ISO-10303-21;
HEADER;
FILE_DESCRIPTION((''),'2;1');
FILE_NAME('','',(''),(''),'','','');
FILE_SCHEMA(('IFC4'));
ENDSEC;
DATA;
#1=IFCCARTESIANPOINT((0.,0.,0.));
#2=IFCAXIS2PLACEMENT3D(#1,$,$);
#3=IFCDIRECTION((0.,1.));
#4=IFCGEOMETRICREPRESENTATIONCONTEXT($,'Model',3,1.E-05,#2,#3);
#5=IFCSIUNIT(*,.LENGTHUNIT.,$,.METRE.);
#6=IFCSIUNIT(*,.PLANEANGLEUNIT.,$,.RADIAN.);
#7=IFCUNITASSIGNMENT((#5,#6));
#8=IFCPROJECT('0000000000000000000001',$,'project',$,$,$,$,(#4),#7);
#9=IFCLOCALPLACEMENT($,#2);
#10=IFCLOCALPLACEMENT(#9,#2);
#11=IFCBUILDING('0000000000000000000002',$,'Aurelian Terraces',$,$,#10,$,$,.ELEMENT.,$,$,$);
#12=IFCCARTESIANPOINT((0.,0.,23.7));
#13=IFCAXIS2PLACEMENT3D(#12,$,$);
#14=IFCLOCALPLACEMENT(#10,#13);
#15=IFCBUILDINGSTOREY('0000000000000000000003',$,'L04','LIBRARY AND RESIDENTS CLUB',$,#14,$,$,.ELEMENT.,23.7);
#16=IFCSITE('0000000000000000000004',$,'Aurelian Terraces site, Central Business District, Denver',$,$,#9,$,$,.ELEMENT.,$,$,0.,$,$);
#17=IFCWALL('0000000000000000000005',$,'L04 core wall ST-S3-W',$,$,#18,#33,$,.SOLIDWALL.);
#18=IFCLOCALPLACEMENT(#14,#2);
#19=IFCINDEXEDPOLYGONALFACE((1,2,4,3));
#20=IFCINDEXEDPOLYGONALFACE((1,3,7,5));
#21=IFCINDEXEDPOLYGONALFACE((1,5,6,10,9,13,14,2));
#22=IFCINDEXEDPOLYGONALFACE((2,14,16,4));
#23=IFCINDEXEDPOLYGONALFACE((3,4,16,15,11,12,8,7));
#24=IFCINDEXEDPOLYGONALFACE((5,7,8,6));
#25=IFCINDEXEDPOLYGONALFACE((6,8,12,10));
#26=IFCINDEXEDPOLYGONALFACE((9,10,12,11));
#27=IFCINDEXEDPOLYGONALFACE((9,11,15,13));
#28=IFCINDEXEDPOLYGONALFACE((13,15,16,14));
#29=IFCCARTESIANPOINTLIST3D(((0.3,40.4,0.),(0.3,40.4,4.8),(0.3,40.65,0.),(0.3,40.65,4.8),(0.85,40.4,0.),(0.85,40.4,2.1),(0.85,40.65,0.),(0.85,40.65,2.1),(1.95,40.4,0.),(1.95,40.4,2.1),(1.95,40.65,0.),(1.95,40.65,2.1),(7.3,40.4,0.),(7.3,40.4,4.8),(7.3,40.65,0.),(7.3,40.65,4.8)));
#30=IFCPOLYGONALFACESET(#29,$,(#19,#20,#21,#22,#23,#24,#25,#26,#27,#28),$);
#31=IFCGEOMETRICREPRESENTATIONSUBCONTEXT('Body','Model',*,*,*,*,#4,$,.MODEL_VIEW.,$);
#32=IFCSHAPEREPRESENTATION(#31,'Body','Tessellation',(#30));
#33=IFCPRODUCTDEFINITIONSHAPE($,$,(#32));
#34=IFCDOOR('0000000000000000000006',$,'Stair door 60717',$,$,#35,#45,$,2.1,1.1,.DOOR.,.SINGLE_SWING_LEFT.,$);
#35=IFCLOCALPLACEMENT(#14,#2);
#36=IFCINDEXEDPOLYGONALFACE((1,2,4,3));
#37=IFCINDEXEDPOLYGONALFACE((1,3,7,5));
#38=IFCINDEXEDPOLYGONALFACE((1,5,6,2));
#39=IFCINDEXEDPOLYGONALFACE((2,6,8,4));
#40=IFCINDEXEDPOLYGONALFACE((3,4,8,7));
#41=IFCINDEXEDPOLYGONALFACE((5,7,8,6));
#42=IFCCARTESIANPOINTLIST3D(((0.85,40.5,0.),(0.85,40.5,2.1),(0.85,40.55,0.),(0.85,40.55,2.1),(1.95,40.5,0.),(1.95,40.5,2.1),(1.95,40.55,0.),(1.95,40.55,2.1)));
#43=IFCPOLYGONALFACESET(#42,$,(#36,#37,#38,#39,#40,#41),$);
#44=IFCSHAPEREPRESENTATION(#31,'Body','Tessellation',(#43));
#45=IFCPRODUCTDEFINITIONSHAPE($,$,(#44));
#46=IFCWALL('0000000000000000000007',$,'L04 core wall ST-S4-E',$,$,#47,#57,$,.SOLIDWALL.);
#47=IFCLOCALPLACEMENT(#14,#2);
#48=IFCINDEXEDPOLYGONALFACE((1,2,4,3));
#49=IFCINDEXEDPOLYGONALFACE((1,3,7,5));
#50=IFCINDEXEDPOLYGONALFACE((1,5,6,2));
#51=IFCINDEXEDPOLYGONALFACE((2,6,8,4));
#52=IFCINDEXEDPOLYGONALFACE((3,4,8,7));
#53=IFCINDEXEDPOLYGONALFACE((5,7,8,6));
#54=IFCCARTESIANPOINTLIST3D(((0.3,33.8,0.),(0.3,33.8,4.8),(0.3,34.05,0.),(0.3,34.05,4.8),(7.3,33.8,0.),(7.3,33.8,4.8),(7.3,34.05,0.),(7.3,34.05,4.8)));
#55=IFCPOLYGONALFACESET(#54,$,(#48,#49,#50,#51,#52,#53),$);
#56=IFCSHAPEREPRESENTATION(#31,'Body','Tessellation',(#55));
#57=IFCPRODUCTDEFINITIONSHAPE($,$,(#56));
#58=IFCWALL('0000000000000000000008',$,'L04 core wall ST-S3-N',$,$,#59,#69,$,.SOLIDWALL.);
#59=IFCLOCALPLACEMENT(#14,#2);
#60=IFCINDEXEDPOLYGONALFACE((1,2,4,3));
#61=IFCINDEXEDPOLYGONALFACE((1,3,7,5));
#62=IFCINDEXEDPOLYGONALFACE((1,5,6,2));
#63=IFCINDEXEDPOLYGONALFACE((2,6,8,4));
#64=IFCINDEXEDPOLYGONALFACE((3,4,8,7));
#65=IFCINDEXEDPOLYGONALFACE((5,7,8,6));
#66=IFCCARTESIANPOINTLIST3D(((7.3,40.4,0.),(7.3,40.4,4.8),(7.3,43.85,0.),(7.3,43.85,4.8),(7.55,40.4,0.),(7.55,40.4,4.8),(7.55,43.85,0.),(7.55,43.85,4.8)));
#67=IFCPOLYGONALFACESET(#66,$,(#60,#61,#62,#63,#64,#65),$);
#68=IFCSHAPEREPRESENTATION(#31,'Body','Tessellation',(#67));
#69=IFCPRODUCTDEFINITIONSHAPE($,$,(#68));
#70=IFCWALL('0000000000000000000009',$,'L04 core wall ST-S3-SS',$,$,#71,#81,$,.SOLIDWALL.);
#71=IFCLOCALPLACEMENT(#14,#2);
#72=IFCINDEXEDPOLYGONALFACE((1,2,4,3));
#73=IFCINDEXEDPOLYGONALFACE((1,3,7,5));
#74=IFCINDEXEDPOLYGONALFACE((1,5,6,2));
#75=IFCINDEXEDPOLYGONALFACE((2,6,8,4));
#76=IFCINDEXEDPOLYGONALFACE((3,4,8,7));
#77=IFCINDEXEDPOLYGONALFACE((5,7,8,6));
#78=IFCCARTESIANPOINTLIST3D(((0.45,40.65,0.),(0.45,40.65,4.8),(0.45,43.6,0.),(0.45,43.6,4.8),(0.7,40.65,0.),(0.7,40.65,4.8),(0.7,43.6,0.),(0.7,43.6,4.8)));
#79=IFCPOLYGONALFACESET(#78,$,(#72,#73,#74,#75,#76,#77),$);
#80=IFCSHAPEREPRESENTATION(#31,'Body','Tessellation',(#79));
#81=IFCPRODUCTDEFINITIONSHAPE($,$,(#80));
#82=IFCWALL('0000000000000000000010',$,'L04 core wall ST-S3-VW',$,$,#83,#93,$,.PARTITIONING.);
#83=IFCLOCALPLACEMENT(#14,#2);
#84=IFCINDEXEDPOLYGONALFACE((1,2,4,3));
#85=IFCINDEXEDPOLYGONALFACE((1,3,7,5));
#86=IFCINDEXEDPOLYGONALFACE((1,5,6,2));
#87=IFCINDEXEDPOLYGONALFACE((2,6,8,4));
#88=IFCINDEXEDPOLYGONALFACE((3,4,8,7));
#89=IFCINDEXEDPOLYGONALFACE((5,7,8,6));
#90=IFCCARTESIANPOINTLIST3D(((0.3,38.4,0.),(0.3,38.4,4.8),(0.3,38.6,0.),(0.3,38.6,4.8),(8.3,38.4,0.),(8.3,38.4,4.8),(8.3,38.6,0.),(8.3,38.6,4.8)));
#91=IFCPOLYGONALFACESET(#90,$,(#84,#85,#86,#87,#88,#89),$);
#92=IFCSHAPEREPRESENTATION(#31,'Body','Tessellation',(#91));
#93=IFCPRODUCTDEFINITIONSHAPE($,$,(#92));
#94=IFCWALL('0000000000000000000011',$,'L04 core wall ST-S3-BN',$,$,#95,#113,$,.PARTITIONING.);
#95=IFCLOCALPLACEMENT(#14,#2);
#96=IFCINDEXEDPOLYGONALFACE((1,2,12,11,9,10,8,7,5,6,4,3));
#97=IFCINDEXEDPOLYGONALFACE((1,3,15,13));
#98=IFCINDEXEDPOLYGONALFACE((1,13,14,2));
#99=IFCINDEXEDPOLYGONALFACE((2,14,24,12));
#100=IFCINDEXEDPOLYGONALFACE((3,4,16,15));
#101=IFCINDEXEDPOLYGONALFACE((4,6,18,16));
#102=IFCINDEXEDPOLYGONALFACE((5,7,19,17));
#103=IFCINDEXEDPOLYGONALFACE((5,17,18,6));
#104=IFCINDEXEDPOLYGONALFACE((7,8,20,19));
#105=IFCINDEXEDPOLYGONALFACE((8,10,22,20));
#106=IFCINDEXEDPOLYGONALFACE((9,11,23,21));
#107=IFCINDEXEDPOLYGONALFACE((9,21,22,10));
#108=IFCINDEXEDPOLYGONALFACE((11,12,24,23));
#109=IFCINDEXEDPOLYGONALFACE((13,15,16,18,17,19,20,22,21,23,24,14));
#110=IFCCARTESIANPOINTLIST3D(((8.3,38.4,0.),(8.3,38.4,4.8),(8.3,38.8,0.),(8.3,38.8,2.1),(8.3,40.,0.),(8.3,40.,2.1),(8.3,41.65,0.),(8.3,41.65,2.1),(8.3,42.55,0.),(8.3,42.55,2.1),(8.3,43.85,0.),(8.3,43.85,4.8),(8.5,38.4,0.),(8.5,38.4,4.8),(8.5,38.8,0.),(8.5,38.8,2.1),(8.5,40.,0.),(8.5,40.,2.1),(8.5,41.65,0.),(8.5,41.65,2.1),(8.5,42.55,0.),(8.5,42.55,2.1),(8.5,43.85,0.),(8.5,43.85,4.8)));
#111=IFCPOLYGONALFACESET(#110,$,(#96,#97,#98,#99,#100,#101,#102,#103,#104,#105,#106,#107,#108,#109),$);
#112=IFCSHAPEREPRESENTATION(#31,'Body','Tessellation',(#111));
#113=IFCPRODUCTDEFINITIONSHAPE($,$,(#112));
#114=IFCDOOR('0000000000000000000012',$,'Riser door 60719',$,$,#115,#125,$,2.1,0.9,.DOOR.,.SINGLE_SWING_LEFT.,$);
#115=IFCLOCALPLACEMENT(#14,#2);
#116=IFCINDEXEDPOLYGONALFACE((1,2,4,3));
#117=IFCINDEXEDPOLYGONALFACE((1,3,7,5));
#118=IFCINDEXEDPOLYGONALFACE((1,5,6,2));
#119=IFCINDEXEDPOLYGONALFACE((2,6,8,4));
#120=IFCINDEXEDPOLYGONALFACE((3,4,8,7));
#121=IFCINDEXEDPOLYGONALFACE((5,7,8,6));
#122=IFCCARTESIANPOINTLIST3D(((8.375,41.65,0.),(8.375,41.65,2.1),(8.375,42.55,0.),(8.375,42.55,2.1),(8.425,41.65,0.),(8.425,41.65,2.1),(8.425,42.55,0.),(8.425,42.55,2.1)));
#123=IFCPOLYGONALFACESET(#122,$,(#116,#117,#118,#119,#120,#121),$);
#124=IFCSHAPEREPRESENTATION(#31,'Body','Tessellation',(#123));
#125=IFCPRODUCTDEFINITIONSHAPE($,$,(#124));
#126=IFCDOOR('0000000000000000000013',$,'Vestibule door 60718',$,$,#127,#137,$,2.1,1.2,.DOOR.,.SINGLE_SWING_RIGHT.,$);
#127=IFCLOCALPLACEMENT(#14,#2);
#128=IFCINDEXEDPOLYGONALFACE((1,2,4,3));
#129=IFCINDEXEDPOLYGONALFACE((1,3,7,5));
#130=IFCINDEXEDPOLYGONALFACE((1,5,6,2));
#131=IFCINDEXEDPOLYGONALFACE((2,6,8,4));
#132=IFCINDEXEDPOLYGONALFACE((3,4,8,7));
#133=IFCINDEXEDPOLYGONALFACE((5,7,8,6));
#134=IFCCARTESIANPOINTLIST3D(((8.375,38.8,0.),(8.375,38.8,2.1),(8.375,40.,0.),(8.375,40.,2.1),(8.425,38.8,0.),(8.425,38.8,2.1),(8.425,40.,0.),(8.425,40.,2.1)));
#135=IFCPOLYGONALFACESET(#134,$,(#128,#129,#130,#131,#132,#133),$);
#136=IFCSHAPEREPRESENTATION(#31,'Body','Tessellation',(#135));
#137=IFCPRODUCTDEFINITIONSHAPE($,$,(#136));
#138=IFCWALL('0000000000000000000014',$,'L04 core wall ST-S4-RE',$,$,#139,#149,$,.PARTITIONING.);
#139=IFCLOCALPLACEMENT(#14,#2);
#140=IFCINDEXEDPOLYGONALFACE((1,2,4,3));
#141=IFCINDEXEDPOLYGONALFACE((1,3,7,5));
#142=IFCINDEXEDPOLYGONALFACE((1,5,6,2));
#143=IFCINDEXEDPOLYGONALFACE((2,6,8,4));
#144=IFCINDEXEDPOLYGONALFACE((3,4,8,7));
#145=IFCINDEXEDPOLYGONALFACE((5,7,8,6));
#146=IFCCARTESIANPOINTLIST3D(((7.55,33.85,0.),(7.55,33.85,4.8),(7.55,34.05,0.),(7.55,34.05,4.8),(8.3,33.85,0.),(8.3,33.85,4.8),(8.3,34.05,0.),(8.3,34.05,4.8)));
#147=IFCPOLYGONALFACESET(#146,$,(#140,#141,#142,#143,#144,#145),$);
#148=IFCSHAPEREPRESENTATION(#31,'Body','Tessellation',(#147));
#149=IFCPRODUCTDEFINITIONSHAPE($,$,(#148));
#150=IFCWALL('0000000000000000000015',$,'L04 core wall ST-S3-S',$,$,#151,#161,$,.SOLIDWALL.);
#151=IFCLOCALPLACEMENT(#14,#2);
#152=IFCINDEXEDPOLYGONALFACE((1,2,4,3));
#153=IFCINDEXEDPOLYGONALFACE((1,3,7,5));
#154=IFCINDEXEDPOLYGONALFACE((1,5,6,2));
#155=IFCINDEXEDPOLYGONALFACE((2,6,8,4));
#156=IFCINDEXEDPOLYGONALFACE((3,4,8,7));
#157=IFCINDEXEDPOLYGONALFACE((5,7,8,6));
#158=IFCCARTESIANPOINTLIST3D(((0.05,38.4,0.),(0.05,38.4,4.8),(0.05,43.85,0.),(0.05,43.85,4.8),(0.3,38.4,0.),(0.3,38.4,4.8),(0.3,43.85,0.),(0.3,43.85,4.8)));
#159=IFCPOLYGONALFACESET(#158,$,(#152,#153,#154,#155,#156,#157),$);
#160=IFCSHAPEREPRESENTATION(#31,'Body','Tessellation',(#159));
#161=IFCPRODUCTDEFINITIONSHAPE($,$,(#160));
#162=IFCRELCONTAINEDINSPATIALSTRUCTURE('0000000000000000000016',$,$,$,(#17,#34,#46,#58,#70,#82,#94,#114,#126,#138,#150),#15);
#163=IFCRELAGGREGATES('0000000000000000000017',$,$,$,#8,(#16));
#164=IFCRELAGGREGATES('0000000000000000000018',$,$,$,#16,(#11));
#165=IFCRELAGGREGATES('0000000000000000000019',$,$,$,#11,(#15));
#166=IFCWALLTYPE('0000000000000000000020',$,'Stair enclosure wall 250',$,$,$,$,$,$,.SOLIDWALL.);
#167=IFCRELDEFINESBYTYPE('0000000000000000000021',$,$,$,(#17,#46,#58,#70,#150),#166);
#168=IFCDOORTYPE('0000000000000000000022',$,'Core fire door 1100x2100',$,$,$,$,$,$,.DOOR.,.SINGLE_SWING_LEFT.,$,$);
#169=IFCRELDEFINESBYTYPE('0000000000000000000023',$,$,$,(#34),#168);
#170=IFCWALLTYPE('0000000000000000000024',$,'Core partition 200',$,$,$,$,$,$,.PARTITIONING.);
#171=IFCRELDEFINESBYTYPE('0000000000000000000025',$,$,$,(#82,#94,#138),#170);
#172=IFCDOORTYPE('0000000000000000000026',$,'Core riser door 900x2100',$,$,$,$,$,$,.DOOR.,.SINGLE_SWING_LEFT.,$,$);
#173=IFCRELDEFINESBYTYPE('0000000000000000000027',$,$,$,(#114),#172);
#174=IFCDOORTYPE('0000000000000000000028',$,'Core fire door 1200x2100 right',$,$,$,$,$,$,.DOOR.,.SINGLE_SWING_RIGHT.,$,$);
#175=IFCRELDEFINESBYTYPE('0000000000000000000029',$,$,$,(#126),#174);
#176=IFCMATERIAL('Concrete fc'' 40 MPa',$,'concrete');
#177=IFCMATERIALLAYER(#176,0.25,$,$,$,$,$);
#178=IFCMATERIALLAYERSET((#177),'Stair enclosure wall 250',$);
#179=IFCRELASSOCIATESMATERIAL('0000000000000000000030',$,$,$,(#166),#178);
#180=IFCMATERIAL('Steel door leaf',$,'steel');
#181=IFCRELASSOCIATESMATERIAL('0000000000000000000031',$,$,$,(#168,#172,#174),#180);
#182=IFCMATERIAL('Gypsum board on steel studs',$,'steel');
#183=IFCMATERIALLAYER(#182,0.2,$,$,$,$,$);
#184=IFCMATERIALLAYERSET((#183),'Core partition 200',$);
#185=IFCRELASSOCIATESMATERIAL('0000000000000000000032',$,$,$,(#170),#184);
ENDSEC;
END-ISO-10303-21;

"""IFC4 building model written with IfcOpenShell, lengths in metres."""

from ifc_helpers import new_model, si_unit, direction, frame, frame_2d, origin, place, context, subcontext, project, spatial, rectangle, extrude, source, transform, mapped, material, layer, layer_set, type_object, element, fill, save


model = new_model("IFC4")

# Units and contexts
model_context = context("Model", 3, precision=1e-05, world=origin(), true_north=direction((0.0, 1.0)))
body_context = subcontext(model_context, "Body", "Model", "MODEL_VIEW")
ifc_project = project(units=[si_unit("LENGTHUNIT", "METRE"), si_unit("PLANEANGLEUNIT", "RADIAN")], contexts=[model_context])

# Site, building, storey
site_placement = place(None, origin())
site = spatial("IfcSite", under=ifc_project, at=site_placement, Name="Aurelian Terraces site, Central Business District, Denver", CompositionType="ELEMENT", RefElevation=0.0)
building_placement = place(site_placement, origin())
building = spatial("IfcBuilding", under=site, at=building_placement, Name="Aurelian Terraces", CompositionType="ELEMENT")
storey_placement = place(building_placement, frame((0.0, 0.0, 23.7)))
storey = spatial("IfcBuildingStorey", under=building, at=storey_placement, Name="L04", Description="LIBRARY AND RESIDENTS CLUB", CompositionType="ELEMENT", Elevation=23.7)

# Wall, opening, door
ifc_material_1 = material(Name="Concrete fc' 40 MPa", Category="concrete")
ifc_layer_1 = layer(ifc_material_1, 0.25)
ifc_layer_set_1 = layer_set([ifc_layer_1], Name="Stair enclosure wall 250")
wall_type_1 = type_object("IfcWallType", Name="Stair enclosure wall 250", PredefinedType="SOLIDWALL", material=ifc_layer_set_1)
shared_shape_1 = source(origin(), body_context, "Body", "SweptSolid", [
    extrude(rectangle(XDim=7.0, YDim=0.25, at=frame_2d((3.5, 0.0))), origin(), (0.0, 0.0, 1.0), 4.8),
])
wall_1_placement = place(storey_placement, frame((0.3, 40.525, 0.0), z_axis=(0.0, 0.0, 1.0), x_axis=(1.0, 0.0, 0.0)))
wall_1 = element("IfcWall", 1, at=wall_1_placement, inside=storey, type_object=wall_type_1, Name="L04 core wall ST-S3-W", PredefinedType="SOLIDWALL", context=body_context, shape_type="MappedRepresentation", body=[
    mapped(shared_shape_1, transform((0.0, 0.0, 0.0), scale=1.0)),
])
shared_shape_2 = source(origin(), body_context, "Body", "SweptSolid", [
    extrude(rectangle(XDim=1.1, YDim=2.1, at=frame_2d((0.55, 1.05))), frame((0.0, 0.135, 0.0), z_axis=(0.0, -1.0, 0.0), x_axis=(1.0, 0.0, 0.0)), (0.0, 0.0, 1.0), 0.27),
])
opening_1_placement = place(wall_1_placement, frame((0.55, 0.0, 0.0)))
opening_1 = element("IfcOpeningElement", 2, at=opening_1_placement, cuts=wall_1, PredefinedType="OPENING", context=body_context, shape_type="MappedRepresentation", body=[
    mapped(shared_shape_2, transform((0.0, 0.0, 0.0), scale=1.0)),
])
ifc_material_2 = material(Name="Steel door leaf", Category="steel")
door_type_1 = type_object("IfcDoorType", Name="Core fire door 1100x2100", OperationType="SINGLE_SWING_LEFT", PredefinedType="DOOR", material=ifc_material_2)
shared_shape_3 = source(origin(), body_context, "Body", "SweptSolid", [
    extrude(rectangle(XDim=1.1, YDim=2.1, at=frame_2d((0.55, 1.05))), frame((0.0, 0.025, 0.0), z_axis=(0.0, -1.0, 0.0), x_axis=(1.0, 0.0, 0.0)), (0.0, 0.0, 1.0), 0.05),
])
door_1_placement = place(opening_1_placement, origin())
door_1 = element("IfcDoor", 3, at=door_1_placement, inside=storey, type_object=door_type_1, Name="Stair door 60717", OperationType="SINGLE_SWING_LEFT", OverallHeight=2.1, OverallWidth=1.1, PredefinedType="DOOR", context=body_context, shape_type="MappedRepresentation", body=[
    mapped(shared_shape_3, transform((0.0, 0.0, 0.0), scale=1.0)),
])
fill(opening_1, door_1)

# Walls
wall_2_placement = place(storey_placement, frame((0.3, 33.925, 0.0), z_axis=(0.0, 0.0, 1.0), x_axis=(1.0, 0.0, 0.0)))
element("IfcWall", 4, at=wall_2_placement, inside=storey, type_object=wall_type_1, Name="L04 core wall ST-S4-E", PredefinedType="SOLIDWALL", context=body_context, shape_type="MappedRepresentation", body=[
    mapped(shared_shape_1, transform((0.0, 0.0, 0.0), scale=1.0)),
])
shared_shape_4 = source(origin(), body_context, "Body", "SweptSolid", [
    extrude(rectangle(XDim=3.45, YDim=0.25, at=frame_2d((1.725, 0.0))), origin(), (0.0, 0.0, 1.0), 4.8),
])
wall_3_placement = place(storey_placement, frame((7.425, 40.4, 0.0), z_axis=(0.0, 0.0, 1.0), x_axis=(0.0, 1.0, 0.0)))
element("IfcWall", 5, at=wall_3_placement, inside=storey, type_object=wall_type_1, Name="L04 core wall ST-S3-N", PredefinedType="SOLIDWALL", context=body_context, shape_type="MappedRepresentation", body=[
    mapped(shared_shape_4, transform((0.0, 0.0, 0.0), scale=1.0)),
])
shared_shape_5 = source(origin(), body_context, "Body", "SweptSolid", [
    extrude(rectangle(XDim=2.95, YDim=0.25, at=frame_2d((1.475, 0.0))), origin(), (0.0, 0.0, 1.0), 4.8),
])
wall_4_placement = place(storey_placement, frame((0.575, 40.65, 0.0), z_axis=(0.0, 0.0, 1.0), x_axis=(0.0, 1.0, 0.0)))
element("IfcWall", 6, at=wall_4_placement, inside=storey, type_object=wall_type_1, Name="L04 core wall ST-S3-SS", PredefinedType="SOLIDWALL", context=body_context, shape_type="MappedRepresentation", body=[
    mapped(shared_shape_5, transform((0.0, 0.0, 0.0), scale=1.0)),
])
ifc_material_3 = material(Name="Gypsum board on steel studs", Category="steel")
ifc_layer_2 = layer(ifc_material_3, 0.2)
ifc_layer_set_2 = layer_set([ifc_layer_2], Name="Core partition 200")
wall_type_2 = type_object("IfcWallType", Name="Core partition 200", PredefinedType="PARTITIONING", material=ifc_layer_set_2)
shared_shape_6 = source(origin(), body_context, "Body", "SweptSolid", [
    extrude(rectangle(XDim=8.0, YDim=0.2, at=frame_2d((4.0, 0.0))), origin(), (0.0, 0.0, 1.0), 4.8),
])
wall_5_placement = place(storey_placement, frame((0.3, 38.5, 0.0), z_axis=(0.0, 0.0, 1.0), x_axis=(1.0, 0.0, 0.0)))
element("IfcWall", 7, at=wall_5_placement, inside=storey, type_object=wall_type_2, Name="L04 core wall ST-S3-VW", PredefinedType="PARTITIONING", context=body_context, shape_type="MappedRepresentation", body=[
    mapped(shared_shape_6, transform((0.0, 0.0, 0.0), scale=1.0)),
])

# Wall, openings, doors
shared_shape_7 = source(origin(), body_context, "Body", "SweptSolid", [
    extrude(rectangle(XDim=5.45, YDim=0.2, at=frame_2d((2.725, 0.0))), origin(), (0.0, 0.0, 1.0), 4.8),
])
wall_6_placement = place(storey_placement, frame((8.4, 38.4, 0.0), z_axis=(0.0, 0.0, 1.0), x_axis=(0.0, 1.0, 0.0)))
wall_6 = element("IfcWall", 8, at=wall_6_placement, inside=storey, type_object=wall_type_2, Name="L04 core wall ST-S3-BN", PredefinedType="PARTITIONING", context=body_context, shape_type="MappedRepresentation", body=[
    mapped(shared_shape_7, transform((0.0, 0.0, 0.0), scale=1.0)),
])
shared_shape_8 = source(origin(), body_context, "Body", "SweptSolid", [
    extrude(rectangle(XDim=1.2, YDim=2.1, at=frame_2d((0.6, 1.05))), frame((0.0, 0.11, 0.0), z_axis=(0.0, -1.0, 0.0), x_axis=(1.0, 0.0, 0.0)), (0.0, 0.0, 1.0), 0.22),
])
opening_2_placement = place(wall_6_placement, frame((0.4, 0.0, 0.0)))
opening_2 = element("IfcOpeningElement", 9, at=opening_2_placement, cuts=wall_6, PredefinedType="OPENING", context=body_context, shape_type="MappedRepresentation", body=[
    mapped(shared_shape_8, transform((0.0, 0.0, 0.0), scale=1.0)),
])
shared_shape_9 = source(origin(), body_context, "Body", "SweptSolid", [
    extrude(rectangle(XDim=0.9, YDim=2.1, at=frame_2d((0.45, 1.05))), frame((0.0, 0.11, 0.0), z_axis=(0.0, -1.0, 0.0), x_axis=(1.0, 0.0, 0.0)), (0.0, 0.0, 1.0), 0.22),
])
opening_3_placement = place(wall_6_placement, frame((3.25, 0.0, 0.0)))
opening_3 = element("IfcOpeningElement", 10, at=opening_3_placement, cuts=wall_6, PredefinedType="OPENING", context=body_context, shape_type="MappedRepresentation", body=[
    mapped(shared_shape_9, transform((0.0, 0.0, 0.0), scale=1.0)),
])
door_type_2 = type_object("IfcDoorType", Name="Core riser door 900x2100", OperationType="SINGLE_SWING_LEFT", PredefinedType="DOOR", material=ifc_material_2)
shared_shape_10 = source(origin(), body_context, "Body", "SweptSolid", [
    extrude(rectangle(XDim=0.9, YDim=2.1, at=frame_2d((0.45, 1.05))), frame((0.0, 0.025, 0.0), z_axis=(0.0, -1.0, 0.0), x_axis=(1.0, 0.0, 0.0)), (0.0, 0.0, 1.0), 0.05),
])
door_2_placement = place(opening_3_placement, origin())
door_2 = element("IfcDoor", 11, at=door_2_placement, inside=storey, type_object=door_type_2, Name="Riser door 60719", OperationType="SINGLE_SWING_LEFT", OverallHeight=2.1, OverallWidth=0.9, PredefinedType="DOOR", context=body_context, shape_type="MappedRepresentation", body=[
    mapped(shared_shape_10, transform((0.0, 0.0, 0.0), scale=1.0)),
])
fill(opening_3, door_2)
door_type_3 = type_object("IfcDoorType", Name="Core fire door 1200x2100 right", OperationType="SINGLE_SWING_RIGHT", PredefinedType="DOOR", material=ifc_material_2)
shared_shape_11 = source(origin(), body_context, "Body", "SweptSolid", [
    extrude(rectangle(XDim=1.2, YDim=2.1, at=frame_2d((0.6, 1.05))), frame((0.0, 0.025, 0.0), z_axis=(0.0, -1.0, 0.0), x_axis=(1.0, 0.0, 0.0)), (0.0, 0.0, 1.0), 0.05),
])
door_3_placement = place(opening_2_placement, origin())
door_3 = element("IfcDoor", 12, at=door_3_placement, inside=storey, type_object=door_type_3, Name="Vestibule door 60718", OperationType="SINGLE_SWING_RIGHT", OverallHeight=2.1, OverallWidth=1.2, PredefinedType="DOOR", context=body_context, shape_type="MappedRepresentation", body=[
    mapped(shared_shape_11, transform((0.0, 0.0, 0.0), scale=1.0)),
])
fill(opening_2, door_3)

# Walls
shared_shape_12 = source(origin(), body_context, "Body", "SweptSolid", [
    extrude(rectangle(XDim=0.75, YDim=0.2, at=frame_2d((0.375, 0.0))), origin(), (0.0, 0.0, 1.0), 4.8),
])
wall_7_placement = place(storey_placement, frame((7.55, 33.95, 0.0), z_axis=(0.0, 0.0, 1.0), x_axis=(1.0, 0.0, 0.0)))
element("IfcWall", 13, at=wall_7_placement, inside=storey, type_object=wall_type_2, Name="L04 core wall ST-S4-RE", PredefinedType="PARTITIONING", context=body_context, shape_type="MappedRepresentation", body=[
    mapped(shared_shape_12, transform((0.0, 0.0, 0.0), scale=1.0)),
])
shared_shape_13 = source(origin(), body_context, "Body", "SweptSolid", [
    extrude(rectangle(XDim=5.45, YDim=0.25, at=frame_2d((2.725, 0.0))), origin(), (0.0, 0.0, 1.0), 4.8),
])
wall_8_placement = place(storey_placement, frame((0.175, 38.4, 0.0), z_axis=(0.0, 0.0, 1.0), x_axis=(0.0, 1.0, 0.0)))
element("IfcWall", 14, at=wall_8_placement, inside=storey, type_object=wall_type_1, Name="L04 core wall ST-S3-S", PredefinedType="SOLIDWALL", context=body_context, shape_type="MappedRepresentation", body=[
    mapped(shared_shape_13, transform((0.0, 0.0, 0.0), scale=1.0)),
])

save(model, "model.ifc")
